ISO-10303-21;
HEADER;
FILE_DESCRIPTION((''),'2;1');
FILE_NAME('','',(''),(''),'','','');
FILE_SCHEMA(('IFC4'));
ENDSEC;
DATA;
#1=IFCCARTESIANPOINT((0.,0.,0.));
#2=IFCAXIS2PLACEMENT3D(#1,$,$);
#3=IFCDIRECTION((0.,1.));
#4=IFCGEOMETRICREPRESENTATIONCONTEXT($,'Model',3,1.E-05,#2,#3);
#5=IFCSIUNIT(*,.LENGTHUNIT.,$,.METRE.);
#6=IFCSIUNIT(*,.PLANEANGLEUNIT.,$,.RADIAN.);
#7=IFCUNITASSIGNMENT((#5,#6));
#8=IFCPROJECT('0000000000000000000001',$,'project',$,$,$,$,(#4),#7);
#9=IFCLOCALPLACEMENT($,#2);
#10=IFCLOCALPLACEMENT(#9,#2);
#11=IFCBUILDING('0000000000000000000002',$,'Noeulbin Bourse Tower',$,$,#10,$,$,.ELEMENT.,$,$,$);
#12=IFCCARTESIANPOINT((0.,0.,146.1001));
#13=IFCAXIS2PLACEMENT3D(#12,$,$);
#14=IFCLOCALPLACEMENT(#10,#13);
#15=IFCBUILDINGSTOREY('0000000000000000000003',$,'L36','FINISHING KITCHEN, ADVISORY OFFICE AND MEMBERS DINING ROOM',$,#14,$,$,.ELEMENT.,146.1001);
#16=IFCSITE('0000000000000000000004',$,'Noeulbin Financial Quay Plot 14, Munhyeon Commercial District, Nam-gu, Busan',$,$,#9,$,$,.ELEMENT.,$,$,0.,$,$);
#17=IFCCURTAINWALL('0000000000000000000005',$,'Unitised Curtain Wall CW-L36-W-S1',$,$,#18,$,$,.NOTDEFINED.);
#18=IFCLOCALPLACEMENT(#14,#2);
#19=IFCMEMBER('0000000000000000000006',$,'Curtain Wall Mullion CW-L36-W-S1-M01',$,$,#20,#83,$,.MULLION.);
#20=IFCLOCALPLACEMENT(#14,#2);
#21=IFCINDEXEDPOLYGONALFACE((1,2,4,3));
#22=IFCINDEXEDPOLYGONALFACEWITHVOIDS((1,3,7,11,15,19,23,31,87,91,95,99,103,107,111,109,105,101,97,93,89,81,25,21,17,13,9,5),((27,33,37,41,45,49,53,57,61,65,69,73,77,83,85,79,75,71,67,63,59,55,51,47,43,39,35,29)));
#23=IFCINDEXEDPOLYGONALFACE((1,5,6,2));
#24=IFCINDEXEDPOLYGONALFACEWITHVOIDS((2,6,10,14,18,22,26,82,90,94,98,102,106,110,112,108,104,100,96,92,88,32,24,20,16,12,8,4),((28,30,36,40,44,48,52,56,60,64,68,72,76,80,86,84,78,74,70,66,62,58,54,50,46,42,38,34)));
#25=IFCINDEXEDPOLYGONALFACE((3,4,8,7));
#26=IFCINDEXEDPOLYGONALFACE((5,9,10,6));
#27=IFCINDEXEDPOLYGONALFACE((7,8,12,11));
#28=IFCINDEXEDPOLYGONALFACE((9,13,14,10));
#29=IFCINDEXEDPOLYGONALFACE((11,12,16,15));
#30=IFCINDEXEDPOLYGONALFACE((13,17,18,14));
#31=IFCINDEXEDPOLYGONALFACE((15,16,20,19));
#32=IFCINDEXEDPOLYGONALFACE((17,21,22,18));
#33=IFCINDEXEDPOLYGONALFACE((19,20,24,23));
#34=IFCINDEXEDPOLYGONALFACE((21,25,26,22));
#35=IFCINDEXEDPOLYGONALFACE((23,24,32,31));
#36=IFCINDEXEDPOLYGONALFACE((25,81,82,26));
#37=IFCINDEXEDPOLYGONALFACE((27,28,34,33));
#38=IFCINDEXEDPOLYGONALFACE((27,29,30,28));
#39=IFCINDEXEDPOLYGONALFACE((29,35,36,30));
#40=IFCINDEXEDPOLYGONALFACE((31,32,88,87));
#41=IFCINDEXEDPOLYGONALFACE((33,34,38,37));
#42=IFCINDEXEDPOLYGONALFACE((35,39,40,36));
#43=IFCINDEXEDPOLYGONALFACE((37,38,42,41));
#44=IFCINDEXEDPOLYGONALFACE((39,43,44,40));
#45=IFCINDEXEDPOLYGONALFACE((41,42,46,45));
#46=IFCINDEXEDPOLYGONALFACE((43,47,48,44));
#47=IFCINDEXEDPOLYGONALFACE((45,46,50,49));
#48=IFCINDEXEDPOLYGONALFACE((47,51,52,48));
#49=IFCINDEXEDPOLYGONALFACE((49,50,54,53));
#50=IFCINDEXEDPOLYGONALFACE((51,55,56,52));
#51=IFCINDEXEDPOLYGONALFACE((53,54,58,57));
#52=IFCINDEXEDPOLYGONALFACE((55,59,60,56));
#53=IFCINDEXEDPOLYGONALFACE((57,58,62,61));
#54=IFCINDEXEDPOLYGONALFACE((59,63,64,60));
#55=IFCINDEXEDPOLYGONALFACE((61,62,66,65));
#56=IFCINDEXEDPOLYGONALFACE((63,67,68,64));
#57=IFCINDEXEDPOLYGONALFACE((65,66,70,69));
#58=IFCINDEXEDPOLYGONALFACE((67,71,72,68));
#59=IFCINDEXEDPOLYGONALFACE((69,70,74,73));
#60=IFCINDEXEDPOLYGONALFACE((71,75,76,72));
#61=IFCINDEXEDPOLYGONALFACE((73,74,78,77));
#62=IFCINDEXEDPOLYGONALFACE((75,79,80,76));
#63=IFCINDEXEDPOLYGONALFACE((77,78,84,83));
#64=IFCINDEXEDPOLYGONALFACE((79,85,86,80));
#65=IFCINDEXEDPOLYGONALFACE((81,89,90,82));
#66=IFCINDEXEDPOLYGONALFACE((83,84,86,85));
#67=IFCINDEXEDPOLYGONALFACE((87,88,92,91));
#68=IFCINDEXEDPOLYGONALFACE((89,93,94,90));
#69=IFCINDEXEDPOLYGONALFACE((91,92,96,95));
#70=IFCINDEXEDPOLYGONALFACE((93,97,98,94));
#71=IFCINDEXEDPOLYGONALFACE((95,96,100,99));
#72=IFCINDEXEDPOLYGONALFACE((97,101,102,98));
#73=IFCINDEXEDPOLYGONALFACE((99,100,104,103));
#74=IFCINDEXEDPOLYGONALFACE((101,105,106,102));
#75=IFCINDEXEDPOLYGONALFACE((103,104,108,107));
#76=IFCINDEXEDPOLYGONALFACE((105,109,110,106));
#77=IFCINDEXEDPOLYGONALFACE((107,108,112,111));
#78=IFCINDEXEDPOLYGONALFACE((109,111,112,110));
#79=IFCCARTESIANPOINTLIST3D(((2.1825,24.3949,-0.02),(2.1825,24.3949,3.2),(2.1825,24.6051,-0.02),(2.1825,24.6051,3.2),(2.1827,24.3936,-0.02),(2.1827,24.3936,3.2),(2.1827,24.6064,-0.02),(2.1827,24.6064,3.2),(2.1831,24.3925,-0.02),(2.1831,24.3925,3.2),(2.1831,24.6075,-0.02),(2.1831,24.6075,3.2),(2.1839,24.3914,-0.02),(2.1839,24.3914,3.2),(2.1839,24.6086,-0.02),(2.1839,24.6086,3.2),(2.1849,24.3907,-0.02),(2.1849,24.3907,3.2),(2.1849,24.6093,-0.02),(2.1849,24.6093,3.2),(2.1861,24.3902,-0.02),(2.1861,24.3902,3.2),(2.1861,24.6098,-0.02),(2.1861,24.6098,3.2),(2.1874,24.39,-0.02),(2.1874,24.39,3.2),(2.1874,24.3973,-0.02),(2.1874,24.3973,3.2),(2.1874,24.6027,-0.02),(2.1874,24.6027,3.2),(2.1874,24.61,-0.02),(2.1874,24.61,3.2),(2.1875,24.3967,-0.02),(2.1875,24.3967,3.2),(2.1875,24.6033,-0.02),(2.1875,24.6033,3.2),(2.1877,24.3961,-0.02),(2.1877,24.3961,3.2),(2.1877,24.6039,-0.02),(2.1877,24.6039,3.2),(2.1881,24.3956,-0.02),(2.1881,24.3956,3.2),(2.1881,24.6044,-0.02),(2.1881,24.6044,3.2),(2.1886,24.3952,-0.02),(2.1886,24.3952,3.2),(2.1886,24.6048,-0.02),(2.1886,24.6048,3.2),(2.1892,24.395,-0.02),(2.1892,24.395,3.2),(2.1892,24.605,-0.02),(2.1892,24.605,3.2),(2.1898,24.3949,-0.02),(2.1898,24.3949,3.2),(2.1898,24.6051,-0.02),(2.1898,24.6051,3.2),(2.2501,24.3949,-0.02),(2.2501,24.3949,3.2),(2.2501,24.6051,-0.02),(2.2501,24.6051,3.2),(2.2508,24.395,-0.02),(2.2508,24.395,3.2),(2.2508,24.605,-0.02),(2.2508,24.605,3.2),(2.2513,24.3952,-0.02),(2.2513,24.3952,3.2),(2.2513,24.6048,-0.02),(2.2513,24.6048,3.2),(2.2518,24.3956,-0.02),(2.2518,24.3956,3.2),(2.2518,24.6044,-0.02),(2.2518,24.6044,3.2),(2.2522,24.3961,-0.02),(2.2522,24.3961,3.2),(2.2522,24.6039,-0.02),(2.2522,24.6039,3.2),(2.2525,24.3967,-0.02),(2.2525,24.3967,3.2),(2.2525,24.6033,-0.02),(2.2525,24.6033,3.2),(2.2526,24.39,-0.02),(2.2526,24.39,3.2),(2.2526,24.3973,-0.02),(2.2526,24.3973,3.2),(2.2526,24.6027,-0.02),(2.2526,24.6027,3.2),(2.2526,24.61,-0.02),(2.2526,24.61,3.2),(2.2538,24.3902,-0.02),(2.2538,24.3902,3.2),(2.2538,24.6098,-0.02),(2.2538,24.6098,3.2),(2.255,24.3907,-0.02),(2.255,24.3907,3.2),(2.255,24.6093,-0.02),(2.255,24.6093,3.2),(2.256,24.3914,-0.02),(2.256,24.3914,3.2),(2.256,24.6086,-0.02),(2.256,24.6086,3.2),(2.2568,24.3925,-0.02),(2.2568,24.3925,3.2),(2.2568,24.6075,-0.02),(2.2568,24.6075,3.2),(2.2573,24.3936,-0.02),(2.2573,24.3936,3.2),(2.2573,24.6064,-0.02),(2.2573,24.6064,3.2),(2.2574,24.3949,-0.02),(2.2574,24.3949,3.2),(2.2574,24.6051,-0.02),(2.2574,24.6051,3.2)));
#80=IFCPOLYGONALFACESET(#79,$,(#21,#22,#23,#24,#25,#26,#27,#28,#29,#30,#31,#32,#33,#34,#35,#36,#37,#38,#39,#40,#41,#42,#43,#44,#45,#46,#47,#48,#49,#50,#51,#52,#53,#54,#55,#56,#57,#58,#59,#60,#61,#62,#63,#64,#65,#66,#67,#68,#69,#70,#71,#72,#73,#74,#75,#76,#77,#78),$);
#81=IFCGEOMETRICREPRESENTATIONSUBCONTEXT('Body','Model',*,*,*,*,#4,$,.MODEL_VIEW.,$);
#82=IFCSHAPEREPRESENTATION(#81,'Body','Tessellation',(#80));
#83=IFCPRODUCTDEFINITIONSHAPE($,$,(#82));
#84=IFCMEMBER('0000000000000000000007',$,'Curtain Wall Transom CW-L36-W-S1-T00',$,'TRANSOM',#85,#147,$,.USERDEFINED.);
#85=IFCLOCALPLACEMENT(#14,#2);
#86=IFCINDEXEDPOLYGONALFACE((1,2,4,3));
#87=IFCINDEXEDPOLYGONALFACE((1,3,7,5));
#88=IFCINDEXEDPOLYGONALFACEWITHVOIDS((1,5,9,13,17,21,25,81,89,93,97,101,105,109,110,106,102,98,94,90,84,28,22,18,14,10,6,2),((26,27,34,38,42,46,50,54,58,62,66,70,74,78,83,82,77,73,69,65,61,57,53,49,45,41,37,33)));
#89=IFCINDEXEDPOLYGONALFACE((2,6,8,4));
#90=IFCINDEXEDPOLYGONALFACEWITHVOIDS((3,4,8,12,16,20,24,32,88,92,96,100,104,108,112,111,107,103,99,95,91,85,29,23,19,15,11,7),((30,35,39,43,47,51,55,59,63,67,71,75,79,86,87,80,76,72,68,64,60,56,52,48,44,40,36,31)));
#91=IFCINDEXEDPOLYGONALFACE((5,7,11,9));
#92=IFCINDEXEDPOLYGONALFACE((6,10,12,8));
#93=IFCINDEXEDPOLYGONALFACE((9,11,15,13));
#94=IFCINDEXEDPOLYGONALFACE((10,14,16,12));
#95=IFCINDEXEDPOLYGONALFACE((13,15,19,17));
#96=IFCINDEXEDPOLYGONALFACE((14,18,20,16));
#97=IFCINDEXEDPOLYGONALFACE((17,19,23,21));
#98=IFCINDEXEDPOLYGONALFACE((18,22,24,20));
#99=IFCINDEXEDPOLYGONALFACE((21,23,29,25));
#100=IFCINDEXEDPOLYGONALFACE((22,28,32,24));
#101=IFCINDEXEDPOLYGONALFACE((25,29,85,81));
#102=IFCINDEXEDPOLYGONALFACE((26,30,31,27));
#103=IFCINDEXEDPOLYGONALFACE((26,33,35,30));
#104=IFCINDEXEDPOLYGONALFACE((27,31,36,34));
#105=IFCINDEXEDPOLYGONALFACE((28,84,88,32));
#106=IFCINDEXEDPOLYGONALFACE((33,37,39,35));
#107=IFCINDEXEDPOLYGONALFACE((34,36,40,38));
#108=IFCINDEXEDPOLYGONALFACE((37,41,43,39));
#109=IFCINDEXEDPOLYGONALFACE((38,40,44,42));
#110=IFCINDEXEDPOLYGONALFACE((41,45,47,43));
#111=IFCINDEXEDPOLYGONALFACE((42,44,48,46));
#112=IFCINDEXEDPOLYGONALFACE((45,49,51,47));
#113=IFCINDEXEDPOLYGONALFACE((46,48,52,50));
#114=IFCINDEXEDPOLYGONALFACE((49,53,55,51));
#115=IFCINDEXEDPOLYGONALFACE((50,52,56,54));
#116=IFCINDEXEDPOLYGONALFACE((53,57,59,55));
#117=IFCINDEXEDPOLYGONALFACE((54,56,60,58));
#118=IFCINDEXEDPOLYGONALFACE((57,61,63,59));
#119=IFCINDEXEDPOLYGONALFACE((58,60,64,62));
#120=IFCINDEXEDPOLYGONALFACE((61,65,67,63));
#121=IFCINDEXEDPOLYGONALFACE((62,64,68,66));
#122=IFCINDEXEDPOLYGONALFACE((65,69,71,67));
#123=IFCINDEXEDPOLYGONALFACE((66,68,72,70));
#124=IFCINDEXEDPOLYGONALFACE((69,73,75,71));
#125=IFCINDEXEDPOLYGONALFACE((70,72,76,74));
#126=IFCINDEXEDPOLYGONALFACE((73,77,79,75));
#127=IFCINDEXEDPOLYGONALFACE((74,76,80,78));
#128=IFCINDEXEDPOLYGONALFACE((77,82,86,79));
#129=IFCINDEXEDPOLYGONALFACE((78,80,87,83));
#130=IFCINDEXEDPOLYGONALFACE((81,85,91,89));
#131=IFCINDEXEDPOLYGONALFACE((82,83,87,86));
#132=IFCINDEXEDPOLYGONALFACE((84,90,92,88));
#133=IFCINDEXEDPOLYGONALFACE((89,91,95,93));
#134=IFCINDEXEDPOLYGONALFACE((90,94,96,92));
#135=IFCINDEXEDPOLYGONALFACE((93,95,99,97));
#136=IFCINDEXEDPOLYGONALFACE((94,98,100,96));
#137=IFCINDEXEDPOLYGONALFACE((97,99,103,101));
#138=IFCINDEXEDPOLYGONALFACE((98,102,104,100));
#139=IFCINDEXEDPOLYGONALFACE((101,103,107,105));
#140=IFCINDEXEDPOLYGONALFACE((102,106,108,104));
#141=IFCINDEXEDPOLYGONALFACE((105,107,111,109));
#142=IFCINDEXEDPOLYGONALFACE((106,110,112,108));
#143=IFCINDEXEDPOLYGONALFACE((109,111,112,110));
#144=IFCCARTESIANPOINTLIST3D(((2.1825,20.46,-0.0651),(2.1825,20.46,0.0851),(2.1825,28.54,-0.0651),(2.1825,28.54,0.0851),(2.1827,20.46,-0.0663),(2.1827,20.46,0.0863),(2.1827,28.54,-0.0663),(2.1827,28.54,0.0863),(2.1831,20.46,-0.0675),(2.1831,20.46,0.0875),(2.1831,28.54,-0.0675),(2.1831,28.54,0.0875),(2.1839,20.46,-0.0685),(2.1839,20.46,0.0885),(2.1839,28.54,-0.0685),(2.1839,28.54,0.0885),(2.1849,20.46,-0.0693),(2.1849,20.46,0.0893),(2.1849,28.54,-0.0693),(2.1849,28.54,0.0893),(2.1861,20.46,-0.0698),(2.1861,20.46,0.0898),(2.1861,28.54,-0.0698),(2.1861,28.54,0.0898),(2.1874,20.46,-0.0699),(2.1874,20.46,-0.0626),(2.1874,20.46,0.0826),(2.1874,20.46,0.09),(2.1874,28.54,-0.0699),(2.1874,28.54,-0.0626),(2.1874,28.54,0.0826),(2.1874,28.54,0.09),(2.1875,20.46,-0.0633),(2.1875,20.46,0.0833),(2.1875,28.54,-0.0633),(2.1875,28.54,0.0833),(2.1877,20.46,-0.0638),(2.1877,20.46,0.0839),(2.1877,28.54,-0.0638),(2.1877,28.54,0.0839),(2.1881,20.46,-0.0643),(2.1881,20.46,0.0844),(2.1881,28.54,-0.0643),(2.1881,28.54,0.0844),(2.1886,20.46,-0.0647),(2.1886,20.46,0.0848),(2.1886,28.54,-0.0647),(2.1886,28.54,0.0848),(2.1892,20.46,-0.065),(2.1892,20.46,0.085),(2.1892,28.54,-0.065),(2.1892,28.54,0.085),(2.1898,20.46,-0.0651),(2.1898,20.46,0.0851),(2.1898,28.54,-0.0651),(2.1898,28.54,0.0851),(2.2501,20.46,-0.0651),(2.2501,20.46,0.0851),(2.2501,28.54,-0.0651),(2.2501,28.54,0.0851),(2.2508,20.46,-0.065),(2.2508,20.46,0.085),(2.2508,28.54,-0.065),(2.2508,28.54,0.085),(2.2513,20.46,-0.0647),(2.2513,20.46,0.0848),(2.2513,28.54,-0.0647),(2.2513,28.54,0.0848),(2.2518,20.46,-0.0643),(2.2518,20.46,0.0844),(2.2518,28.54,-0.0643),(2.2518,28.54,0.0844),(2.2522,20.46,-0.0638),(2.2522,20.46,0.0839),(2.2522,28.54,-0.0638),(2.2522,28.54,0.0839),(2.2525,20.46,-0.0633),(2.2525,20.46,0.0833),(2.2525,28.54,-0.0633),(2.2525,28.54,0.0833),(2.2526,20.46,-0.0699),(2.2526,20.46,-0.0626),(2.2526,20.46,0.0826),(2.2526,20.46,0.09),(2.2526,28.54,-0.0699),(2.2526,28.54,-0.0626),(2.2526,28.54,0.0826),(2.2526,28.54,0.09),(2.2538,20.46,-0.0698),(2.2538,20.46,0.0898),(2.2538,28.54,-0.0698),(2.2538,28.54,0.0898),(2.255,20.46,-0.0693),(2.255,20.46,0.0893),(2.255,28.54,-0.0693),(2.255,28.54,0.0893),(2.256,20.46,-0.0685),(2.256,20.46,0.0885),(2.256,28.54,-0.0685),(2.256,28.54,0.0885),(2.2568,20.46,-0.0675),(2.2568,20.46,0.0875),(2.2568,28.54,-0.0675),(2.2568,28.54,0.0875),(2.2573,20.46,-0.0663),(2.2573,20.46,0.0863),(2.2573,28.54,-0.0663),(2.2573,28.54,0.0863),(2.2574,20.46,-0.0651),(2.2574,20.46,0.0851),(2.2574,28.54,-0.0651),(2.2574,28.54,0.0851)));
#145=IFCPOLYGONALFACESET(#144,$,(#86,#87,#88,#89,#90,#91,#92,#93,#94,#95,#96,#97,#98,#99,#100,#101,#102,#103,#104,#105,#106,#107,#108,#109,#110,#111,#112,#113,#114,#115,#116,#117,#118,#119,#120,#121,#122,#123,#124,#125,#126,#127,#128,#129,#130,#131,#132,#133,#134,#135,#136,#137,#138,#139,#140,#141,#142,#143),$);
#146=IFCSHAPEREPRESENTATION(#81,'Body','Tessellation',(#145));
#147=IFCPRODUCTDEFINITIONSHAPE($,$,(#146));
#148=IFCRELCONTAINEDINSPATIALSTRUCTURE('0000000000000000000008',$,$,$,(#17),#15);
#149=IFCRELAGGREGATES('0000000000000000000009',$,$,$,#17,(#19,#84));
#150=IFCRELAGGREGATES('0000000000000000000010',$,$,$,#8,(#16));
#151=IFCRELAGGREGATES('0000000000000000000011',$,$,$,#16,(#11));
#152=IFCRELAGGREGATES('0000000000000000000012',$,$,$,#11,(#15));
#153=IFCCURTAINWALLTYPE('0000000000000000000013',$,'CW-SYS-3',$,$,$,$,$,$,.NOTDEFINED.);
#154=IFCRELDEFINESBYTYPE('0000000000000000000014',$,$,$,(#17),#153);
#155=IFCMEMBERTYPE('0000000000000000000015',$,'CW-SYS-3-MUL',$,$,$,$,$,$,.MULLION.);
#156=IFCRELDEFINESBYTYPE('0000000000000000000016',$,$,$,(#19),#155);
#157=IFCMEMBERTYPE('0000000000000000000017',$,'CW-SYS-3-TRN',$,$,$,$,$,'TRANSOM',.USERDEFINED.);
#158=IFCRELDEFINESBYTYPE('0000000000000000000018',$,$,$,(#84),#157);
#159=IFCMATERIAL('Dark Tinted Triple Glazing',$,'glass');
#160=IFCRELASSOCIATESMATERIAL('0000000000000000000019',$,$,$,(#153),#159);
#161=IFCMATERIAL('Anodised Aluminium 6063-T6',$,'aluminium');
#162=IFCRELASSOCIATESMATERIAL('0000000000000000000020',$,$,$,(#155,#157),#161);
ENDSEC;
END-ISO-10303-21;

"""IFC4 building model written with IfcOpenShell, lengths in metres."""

from ifc_helpers import new_model, si_unit, direction, frame, origin, origin_2d, place, context, subcontext, project, spatial, hollow_rectangle, extrude, material, material_profile, profile_set, type_object, element, aggregate, save


model = new_model("IFC4")

# Units and contexts
model_context = context("Model", 3, precision=1e-05, world=origin(), true_north=direction((0.0, 1.0)))
body_context = subcontext(model_context, "Body", "Model", "MODEL_VIEW")
ifc_project = project(units=[si_unit("LENGTHUNIT", "METRE"), si_unit("PLANEANGLEUNIT", "RADIAN")], contexts=[model_context])

# Site, building, storey
site_placement = place(None, origin())
site = spatial("IfcSite", under=ifc_project, at=site_placement, Name="Noeulbin Financial Quay Plot 14, Munhyeon Commercial District, Nam-gu, Busan", CompositionType="ELEMENT", RefElevation=0.0)
building_placement = place(site_placement, origin())
building = spatial("IfcBuilding", under=site, at=building_placement, Name="Noeulbin Bourse Tower", CompositionType="ELEMENT")
storey_placement = place(building_placement, frame((0.0, 0.0, 146.1001)))
storey = spatial("IfcBuildingStorey", under=building, at=storey_placement, Name="L36", Description="FINISHING KITCHEN, ADVISORY OFFICE AND MEMBERS DINING ROOM", CompositionType="ELEMENT", Elevation=146.1001)

# Curtain wall, members
ifc_material_1 = material(Name="Dark Tinted Triple Glazing", Category="glass")
curtain_wall_type = type_object("IfcCurtainWallType", Name="CW-SYS-3", PredefinedType="NOTDEFINED", material=ifc_material_1)
curtain_wall_placement = place(storey_placement, origin())
curtain_wall = element("IfcCurtainWall", 1, at=curtain_wall_placement, inside=storey, type_object=curtain_wall_type, Name="Unitised Curtain Wall CW-L36-W-S1", PredefinedType="NOTDEFINED")
ifc_material_2 = material(Name="Anodised Aluminium 6063-T6", Category="aluminium")
ifc_material_profile_1 = material_profile(ifc_material_2, hollow_rectangle(XDim=0.075, YDim=0.22, WallThickness=0.0049, InnerFilletRadius=0.0024, OuterFilletRadius=0.0049, at=origin_2d()), Name="ALU-MULL-75x220x5", Category="LoadBearing")
ifc_profile_set_1 = profile_set([ifc_material_profile_1], Name="Anodised Aluminium 6063-T6")
member_type_1 = type_object("IfcMemberType", Name="CW-SYS-3-MUL", PredefinedType="MULLION", material=ifc_profile_set_1)
member_1_placement = place(storey_placement, frame((2.22, 24.5, -0.02), z_axis=(0.0, 0.0, 1.0), x_axis=(1.0, 0.0, 0.0)))
member_1 = element("IfcMember", 2, at=member_1_placement, type_object=member_type_1, Name="Curtain Wall Mullion CW-L36-W-S1-M01", PredefinedType="MULLION", context=body_context, shape_type="SweptSolid", body=[
    extrude(hollow_rectangle(XDim=0.075, YDim=0.22, WallThickness=0.0049, InnerFilletRadius=0.0024, OuterFilletRadius=0.0049, at=origin_2d()), origin(), (0.0, 0.0, 1.0), 3.22),
])
ifc_material_profile_2 = material_profile(ifc_material_2, hollow_rectangle(XDim=0.075, YDim=0.1599, WallThickness=0.0049, InnerFilletRadius=0.0024, OuterFilletRadius=0.0049, at=origin_2d()), Name="ALU-TRAN-75x160x5", Category="LoadBearing")
ifc_profile_set_2 = profile_set([ifc_material_profile_2], Name="Anodised Aluminium 6063-T6")
member_type_2 = type_object("IfcMemberType", Name="CW-SYS-3-TRN", ElementType="TRANSOM", PredefinedType="USERDEFINED", material=ifc_profile_set_2)
member_2_placement = place(storey_placement, frame((2.22, 20.46, 0.01), z_axis=(0.0, 1.0, 0.0), x_axis=(-1.0, 0.0, 0.0)))
member_2 = element("IfcMember", 3, at=member_2_placement, type_object=member_type_2, Name="Curtain Wall Transom CW-L36-W-S1-T00", ObjectType="TRANSOM", PredefinedType="USERDEFINED", context=body_context, shape_type="SweptSolid", body=[
    extrude(hollow_rectangle(XDim=0.075, YDim=0.1599, WallThickness=0.0049, InnerFilletRadius=0.0024, OuterFilletRadius=0.0049, at=origin_2d()), origin(), (0.0, 0.0, 1.0), 8.0801),
])
aggregate(curtain_wall, [member_1, member_2])

save(model, "model.ifc")
